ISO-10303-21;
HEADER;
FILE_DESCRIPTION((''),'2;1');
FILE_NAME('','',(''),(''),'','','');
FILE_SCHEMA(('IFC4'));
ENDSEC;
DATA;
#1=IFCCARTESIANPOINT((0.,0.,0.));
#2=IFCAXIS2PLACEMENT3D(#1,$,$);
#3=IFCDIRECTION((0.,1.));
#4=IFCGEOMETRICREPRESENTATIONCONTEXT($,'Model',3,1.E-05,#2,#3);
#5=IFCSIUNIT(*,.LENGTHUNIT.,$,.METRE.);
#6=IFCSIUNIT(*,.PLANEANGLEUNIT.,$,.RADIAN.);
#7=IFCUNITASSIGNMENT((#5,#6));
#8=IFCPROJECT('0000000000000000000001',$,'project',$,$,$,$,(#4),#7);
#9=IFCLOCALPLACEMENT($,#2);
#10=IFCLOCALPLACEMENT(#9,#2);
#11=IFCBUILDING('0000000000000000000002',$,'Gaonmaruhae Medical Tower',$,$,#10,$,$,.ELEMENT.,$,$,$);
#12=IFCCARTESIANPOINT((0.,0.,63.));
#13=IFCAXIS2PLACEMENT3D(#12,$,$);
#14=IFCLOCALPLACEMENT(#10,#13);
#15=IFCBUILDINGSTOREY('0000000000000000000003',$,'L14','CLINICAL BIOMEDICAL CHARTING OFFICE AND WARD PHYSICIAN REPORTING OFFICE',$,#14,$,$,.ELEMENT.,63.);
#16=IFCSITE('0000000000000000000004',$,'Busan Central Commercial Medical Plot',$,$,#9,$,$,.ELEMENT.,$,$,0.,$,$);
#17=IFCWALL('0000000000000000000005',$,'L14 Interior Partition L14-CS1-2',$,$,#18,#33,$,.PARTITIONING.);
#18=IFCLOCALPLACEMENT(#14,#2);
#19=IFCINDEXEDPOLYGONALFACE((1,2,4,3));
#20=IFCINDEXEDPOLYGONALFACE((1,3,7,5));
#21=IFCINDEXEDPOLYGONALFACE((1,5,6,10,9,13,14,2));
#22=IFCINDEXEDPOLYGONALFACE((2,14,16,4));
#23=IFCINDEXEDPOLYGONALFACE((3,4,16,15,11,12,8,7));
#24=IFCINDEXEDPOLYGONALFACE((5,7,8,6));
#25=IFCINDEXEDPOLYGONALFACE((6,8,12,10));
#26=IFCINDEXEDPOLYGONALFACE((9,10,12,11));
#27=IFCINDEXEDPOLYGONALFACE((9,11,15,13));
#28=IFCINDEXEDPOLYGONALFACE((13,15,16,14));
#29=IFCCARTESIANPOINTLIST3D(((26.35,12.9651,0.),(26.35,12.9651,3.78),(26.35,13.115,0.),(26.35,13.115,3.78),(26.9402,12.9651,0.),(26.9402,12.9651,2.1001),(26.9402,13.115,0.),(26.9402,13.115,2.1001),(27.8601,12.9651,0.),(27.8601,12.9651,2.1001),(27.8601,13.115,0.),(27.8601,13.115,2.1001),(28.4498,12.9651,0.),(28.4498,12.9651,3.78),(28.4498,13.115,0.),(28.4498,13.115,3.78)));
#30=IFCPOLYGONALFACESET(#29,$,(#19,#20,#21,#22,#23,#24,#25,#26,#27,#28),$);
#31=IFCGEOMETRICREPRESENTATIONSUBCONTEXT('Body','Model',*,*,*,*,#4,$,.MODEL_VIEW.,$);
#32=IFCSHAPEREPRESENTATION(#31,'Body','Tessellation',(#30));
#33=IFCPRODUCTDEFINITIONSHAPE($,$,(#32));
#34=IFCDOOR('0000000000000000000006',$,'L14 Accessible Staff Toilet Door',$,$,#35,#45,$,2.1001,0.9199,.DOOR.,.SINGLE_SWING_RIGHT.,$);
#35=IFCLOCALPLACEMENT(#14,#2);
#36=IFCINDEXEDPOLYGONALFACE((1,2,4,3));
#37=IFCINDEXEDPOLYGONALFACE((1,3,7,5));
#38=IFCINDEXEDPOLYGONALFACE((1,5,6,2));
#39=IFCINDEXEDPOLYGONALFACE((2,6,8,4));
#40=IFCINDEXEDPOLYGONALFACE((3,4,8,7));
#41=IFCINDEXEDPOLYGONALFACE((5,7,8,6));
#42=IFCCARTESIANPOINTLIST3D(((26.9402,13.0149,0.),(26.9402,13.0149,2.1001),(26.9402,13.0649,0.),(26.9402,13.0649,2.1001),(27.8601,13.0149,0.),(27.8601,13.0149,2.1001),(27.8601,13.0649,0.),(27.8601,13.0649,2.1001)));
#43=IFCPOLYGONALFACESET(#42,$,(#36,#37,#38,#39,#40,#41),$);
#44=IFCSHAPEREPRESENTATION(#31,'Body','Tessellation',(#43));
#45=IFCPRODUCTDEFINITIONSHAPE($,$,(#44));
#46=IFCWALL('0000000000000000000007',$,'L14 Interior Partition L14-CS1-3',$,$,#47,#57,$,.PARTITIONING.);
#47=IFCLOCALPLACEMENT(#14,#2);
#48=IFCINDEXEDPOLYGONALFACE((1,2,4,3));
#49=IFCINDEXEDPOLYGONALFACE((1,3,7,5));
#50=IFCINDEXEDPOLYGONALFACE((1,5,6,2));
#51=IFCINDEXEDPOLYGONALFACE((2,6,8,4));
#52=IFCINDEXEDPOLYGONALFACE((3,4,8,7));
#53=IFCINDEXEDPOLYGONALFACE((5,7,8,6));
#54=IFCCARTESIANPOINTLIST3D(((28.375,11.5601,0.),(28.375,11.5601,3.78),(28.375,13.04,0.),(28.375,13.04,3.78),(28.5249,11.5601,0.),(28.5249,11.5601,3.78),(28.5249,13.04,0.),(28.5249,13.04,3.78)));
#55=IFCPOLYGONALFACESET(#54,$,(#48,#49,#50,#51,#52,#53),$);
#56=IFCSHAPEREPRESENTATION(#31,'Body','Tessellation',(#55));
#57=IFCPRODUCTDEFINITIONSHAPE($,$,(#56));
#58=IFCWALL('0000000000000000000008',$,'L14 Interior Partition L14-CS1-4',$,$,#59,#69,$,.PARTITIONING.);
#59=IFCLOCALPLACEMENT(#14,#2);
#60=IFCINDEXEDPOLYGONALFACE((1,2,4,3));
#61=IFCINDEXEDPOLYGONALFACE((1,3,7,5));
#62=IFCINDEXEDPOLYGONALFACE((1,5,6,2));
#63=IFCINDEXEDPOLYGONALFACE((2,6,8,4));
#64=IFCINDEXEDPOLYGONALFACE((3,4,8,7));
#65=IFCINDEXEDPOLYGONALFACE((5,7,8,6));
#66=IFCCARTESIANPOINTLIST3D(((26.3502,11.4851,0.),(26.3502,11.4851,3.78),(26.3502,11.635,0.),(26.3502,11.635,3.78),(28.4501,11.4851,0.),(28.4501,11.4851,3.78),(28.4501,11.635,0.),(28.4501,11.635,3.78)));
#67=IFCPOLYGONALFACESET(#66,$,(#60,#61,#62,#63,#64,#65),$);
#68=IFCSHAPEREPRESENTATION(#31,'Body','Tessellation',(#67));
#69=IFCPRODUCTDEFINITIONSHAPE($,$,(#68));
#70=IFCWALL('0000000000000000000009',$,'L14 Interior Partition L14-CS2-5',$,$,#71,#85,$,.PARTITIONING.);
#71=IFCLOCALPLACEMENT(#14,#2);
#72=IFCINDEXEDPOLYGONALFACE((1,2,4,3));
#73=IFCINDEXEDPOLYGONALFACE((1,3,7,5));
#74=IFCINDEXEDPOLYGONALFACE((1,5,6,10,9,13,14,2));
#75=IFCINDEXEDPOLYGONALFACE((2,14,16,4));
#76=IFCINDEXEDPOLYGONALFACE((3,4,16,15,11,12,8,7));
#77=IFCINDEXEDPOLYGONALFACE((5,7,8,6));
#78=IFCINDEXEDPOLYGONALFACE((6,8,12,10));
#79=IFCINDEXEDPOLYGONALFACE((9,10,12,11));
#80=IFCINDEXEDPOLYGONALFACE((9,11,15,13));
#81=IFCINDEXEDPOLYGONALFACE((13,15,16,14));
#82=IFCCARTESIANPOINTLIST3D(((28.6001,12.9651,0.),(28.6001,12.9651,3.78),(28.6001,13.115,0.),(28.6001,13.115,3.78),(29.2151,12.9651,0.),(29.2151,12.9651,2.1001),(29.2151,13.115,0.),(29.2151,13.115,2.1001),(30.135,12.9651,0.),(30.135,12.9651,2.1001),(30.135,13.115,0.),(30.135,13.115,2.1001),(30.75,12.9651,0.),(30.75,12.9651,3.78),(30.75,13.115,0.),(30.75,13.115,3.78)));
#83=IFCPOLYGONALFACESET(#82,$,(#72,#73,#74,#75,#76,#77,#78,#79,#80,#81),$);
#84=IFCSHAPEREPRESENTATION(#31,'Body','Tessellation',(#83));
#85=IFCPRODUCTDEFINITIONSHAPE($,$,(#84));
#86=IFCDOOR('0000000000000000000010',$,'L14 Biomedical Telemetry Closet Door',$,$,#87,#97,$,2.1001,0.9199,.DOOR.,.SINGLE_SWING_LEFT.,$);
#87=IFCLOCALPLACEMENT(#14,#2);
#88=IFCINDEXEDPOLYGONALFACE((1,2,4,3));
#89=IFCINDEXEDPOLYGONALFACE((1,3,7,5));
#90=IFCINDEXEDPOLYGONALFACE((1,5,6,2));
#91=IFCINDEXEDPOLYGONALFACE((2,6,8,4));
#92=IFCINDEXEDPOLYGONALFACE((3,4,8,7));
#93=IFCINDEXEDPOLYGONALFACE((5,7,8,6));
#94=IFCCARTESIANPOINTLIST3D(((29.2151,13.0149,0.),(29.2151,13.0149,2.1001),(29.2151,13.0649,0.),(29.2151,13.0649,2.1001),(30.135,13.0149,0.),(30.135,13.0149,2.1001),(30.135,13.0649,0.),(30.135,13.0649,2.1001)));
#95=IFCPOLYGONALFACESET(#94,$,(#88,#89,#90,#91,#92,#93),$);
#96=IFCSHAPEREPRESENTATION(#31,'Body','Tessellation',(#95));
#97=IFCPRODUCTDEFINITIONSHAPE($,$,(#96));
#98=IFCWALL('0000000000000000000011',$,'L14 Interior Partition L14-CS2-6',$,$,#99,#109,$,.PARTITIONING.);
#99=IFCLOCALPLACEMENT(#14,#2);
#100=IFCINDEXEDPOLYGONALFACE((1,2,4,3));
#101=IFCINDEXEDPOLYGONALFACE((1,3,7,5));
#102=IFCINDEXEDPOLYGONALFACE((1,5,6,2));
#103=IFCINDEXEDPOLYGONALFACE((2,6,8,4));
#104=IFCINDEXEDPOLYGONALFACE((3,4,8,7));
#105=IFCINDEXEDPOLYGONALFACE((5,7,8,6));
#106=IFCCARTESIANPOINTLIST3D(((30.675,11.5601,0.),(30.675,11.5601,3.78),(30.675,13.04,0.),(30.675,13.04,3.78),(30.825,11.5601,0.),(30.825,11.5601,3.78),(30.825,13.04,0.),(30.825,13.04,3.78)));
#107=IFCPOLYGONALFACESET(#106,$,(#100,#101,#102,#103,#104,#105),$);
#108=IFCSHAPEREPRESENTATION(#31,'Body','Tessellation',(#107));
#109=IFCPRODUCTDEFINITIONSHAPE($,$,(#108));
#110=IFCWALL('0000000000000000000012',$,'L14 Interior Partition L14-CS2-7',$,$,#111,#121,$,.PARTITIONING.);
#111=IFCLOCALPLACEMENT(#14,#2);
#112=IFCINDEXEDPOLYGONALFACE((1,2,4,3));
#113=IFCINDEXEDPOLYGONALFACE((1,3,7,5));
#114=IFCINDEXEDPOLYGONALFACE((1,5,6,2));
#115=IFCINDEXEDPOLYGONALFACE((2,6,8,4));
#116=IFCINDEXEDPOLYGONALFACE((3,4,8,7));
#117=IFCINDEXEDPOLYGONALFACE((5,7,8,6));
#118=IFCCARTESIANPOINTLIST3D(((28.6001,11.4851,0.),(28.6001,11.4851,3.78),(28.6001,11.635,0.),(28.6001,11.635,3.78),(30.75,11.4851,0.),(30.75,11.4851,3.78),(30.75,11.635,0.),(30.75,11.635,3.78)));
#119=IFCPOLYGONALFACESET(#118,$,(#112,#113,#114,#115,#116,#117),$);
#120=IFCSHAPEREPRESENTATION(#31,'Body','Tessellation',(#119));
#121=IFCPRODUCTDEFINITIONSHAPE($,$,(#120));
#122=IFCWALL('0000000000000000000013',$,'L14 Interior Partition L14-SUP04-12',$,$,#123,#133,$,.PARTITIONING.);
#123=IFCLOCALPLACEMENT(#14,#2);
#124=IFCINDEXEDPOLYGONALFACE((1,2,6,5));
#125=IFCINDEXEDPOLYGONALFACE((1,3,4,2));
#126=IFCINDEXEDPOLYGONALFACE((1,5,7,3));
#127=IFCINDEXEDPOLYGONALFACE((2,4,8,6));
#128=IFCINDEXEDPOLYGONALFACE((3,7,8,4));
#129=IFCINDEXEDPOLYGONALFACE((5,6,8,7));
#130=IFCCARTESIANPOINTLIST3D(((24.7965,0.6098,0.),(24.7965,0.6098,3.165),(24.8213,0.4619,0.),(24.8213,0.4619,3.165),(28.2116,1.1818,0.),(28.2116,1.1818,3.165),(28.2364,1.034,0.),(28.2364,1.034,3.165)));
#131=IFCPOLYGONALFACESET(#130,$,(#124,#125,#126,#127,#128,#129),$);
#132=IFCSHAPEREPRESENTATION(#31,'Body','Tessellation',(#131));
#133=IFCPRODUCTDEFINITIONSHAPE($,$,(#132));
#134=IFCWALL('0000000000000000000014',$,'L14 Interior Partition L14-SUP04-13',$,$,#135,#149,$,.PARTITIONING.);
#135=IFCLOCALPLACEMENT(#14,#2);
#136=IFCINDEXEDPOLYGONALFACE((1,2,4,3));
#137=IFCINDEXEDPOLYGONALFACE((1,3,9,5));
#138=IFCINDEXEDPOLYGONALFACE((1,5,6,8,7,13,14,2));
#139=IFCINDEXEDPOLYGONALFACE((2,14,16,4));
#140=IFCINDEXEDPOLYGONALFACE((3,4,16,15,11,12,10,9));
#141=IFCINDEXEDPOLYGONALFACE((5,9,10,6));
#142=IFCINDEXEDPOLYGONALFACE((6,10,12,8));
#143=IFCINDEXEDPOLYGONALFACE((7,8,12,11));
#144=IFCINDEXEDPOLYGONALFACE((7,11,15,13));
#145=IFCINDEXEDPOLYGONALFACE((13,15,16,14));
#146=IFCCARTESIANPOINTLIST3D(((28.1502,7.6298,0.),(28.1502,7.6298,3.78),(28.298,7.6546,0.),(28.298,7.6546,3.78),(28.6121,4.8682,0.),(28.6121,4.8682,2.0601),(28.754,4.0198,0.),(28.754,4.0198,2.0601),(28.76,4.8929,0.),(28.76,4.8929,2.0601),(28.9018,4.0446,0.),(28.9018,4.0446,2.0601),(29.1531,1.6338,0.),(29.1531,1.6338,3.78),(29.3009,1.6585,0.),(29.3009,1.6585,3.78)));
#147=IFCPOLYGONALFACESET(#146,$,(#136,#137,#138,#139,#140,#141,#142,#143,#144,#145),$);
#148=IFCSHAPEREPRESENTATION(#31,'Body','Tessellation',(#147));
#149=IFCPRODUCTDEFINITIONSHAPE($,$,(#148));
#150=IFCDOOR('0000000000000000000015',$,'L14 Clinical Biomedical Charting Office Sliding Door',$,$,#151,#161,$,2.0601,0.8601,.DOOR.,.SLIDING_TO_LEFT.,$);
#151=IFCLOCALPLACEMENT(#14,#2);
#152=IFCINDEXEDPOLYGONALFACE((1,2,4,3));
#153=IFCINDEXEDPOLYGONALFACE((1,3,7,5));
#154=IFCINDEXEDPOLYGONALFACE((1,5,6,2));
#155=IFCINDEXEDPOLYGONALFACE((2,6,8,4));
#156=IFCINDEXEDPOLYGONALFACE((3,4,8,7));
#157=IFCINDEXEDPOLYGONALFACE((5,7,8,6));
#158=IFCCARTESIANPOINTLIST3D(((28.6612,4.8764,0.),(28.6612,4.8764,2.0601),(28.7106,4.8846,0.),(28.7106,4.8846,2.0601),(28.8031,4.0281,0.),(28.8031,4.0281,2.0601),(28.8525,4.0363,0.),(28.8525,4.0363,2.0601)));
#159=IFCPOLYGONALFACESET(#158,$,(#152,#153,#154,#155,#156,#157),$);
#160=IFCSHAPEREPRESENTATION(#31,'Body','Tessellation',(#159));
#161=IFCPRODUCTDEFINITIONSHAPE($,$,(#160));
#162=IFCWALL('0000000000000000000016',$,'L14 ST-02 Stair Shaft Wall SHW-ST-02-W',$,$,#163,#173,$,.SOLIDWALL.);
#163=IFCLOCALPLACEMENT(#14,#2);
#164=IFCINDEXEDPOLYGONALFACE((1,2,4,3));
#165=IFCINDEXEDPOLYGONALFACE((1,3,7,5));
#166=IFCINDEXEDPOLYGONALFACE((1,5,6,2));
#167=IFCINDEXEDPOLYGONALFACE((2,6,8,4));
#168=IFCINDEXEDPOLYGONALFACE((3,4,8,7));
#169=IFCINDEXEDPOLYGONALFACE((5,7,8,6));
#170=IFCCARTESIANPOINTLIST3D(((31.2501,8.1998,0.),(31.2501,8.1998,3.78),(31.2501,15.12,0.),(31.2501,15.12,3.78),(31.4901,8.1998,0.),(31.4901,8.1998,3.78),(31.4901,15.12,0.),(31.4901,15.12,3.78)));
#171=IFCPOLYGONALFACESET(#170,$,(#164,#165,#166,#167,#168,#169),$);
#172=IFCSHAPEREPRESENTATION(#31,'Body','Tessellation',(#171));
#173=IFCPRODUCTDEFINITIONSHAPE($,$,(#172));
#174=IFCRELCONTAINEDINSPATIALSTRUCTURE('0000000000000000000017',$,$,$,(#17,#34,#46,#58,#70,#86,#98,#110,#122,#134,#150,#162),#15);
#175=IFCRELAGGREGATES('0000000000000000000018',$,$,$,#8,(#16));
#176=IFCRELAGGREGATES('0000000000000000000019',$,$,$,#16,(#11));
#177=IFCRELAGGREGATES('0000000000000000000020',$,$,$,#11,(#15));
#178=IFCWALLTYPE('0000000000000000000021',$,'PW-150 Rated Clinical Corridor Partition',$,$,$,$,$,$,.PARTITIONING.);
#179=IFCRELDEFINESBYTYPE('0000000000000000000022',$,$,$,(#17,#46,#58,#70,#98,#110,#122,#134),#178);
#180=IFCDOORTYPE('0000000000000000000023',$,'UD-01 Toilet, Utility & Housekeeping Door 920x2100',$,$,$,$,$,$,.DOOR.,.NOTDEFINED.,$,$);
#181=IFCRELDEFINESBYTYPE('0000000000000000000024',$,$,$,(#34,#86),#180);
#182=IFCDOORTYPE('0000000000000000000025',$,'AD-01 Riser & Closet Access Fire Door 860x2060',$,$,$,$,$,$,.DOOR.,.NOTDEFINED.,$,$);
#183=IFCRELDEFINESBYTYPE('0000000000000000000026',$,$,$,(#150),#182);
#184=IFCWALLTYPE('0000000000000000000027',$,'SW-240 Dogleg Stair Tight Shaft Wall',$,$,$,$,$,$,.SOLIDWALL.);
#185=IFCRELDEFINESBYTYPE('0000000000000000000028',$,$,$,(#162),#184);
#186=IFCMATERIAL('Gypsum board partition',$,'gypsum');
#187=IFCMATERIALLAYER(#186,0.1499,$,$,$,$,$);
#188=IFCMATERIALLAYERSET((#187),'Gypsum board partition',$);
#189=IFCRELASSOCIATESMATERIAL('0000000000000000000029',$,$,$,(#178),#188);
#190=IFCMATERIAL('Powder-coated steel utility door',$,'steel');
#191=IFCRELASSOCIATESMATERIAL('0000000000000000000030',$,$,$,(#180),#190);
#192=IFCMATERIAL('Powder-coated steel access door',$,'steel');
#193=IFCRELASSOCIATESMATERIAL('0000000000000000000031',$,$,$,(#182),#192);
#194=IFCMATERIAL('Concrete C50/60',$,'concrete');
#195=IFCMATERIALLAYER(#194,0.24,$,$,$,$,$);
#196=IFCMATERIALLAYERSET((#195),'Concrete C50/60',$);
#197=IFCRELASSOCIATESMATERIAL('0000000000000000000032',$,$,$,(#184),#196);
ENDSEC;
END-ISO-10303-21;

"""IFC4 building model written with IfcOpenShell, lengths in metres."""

from ifc_helpers import new_model, si_unit, direction, frame, frame_2d, origin, place, context, subcontext, project, spatial, rectangle, extrude, material, layer, layer_set, type_object, element, fill, save


model = new_model("IFC4")

# Units and contexts
model_context = context("Model", 3, precision=1e-05, world=origin(), true_north=direction((0.0, 1.0)))
body_context = subcontext(model_context, "Body", "Model", "MODEL_VIEW")
ifc_project = project(units=[si_unit("LENGTHUNIT", "METRE"), si_unit("PLANEANGLEUNIT", "RADIAN")], contexts=[model_context])

# Site, building, storey
site_placement = place(None, origin())
site = spatial("IfcSite", under=ifc_project, at=site_placement, Name="Busan Central Commercial Medical Plot", CompositionType="ELEMENT", RefElevation=0.0)
building_placement = place(site_placement, origin())
building = spatial("IfcBuilding", under=site, at=building_placement, Name="Gaonmaruhae Medical Tower", CompositionType="ELEMENT")
storey_placement = place(building_placement, frame((0.0, 0.0, 63.0)))
storey = spatial("IfcBuildingStorey", under=building, at=storey_placement, Name="L14", Description="CLINICAL BIOMEDICAL CHARTING OFFICE AND WARD PHYSICIAN REPORTING OFFICE", CompositionType="ELEMENT", Elevation=63.0)

# Shared definitions
ifc_material_1 = material(Name="Gypsum board partition", Category="gypsum")
ifc_layer_1 = layer(ifc_material_1, 0.1499)
ifc_layer_set_1 = layer_set([ifc_layer_1], Name="Gypsum board partition")
wall_type_1 = type_object("IfcWallType", Name="PW-150 Rated Clinical Corridor Partition", PredefinedType="PARTITIONING", material=ifc_layer_set_1)

# Wall, opening, door
wall_1_placement = place(storey_placement, frame((26.3501, 13.04, 0.0), z_axis=(0.0, 0.0, 1.0), x_axis=(1.0, 0.0, 0.0)))
wall_1 = element("IfcWall", 1, at=wall_1_placement, inside=storey, type_object=wall_type_1, Name="L14 Interior Partition L14-CS1-2", PredefinedType="PARTITIONING", context=body_context, shape_type="SweptSolid", body=[
    extrude(rectangle(XDim=2.0999, YDim=0.1499, at=frame_2d((1.0498, 0.0))), origin(), (0.0, 0.0, 1.0), 3.78),
])
opening_1_placement = place(wall_1_placement, frame((0.5901, 0.0, 0.0)))
opening_1 = element("IfcOpeningElement", 2, at=opening_1_placement, cuts=wall_1, PredefinedType="OPENING", context=body_context, shape_type="SweptSolid", body=[
    extrude(rectangle(XDim=0.9199, YDim=2.1001, at=frame_2d((0.46, 1.05))), frame((0.0, 0.085, 0.0), z_axis=(0.0, -1.0, 0.0), x_axis=(1.0, 0.0, 0.0)), (0.0, 0.0, 1.0), 0.1699),
])
ifc_material_2 = material(Name="Powder-coated steel utility door", Category="steel")
door_type_1 = type_object("IfcDoorType", Name="UD-01 Toilet, Utility & Housekeeping Door 920x2100", OperationType="NOTDEFINED", PredefinedType="DOOR", material=ifc_material_2)
door_1_placement = place(opening_1_placement, origin())
door_1 = element("IfcDoor", 3, at=door_1_placement, inside=storey, type_object=door_type_1, Name="L14 Accessible Staff Toilet Door", OperationType="SINGLE_SWING_RIGHT", OverallHeight=2.1001, OverallWidth=0.9199, PredefinedType="DOOR", context=body_context, shape_type="SweptSolid", body=[
    extrude(rectangle(XDim=0.9199, YDim=2.1001, at=frame_2d((0.46, 1.05))), frame((0.0, 0.0249, 0.0), z_axis=(0.0, -1.0, 0.0), x_axis=(1.0, 0.0, 0.0)), (0.0, 0.0, 1.0), 0.05),
])
fill(opening_1, door_1)

# Walls
wall_2_placement = place(storey_placement, frame((28.45, 13.04, 0.0), z_axis=(0.0, 0.0, 1.0), x_axis=(0.0, -1.0, 0.0)))
element("IfcWall", 4, at=wall_2_placement, inside=storey, type_object=wall_type_1, Name="L14 Interior Partition L14-CS1-3", PredefinedType="PARTITIONING", context=body_context, shape_type="SweptSolid", body=[
    extrude(rectangle(XDim=1.48, YDim=0.1499, at=frame_2d((0.74, 0.0))), origin(), (0.0, 0.0, 1.0), 3.78),
])
wall_3_placement = place(storey_placement, frame((28.45, 11.5601, 0.0), z_axis=(0.0, 0.0, 1.0), x_axis=(-1.0, 0.0, 0.0)))
element("IfcWall", 5, at=wall_3_placement, inside=storey, type_object=wall_type_1, Name="L14 Interior Partition L14-CS1-4", PredefinedType="PARTITIONING", context=body_context, shape_type="SweptSolid", body=[
    extrude(rectangle(XDim=2.0999, YDim=0.1499, at=frame_2d((1.0498, 0.0))), origin(), (0.0, 0.0, 1.0), 3.78),
])

# Wall, opening, door
wall_4_placement = place(storey_placement, frame((28.6001, 13.04, 0.0), z_axis=(0.0, 0.0, 1.0), x_axis=(1.0, 0.0, 0.0)))
wall_4 = element("IfcWall", 6, at=wall_4_placement, inside=storey, type_object=wall_type_1, Name="L14 Interior Partition L14-CS2-5", PredefinedType="PARTITIONING", context=body_context, shape_type="SweptSolid", body=[
    extrude(rectangle(XDim=2.1499, YDim=0.1499, at=frame_2d((1.075, 0.0))), origin(), (0.0, 0.0, 1.0), 3.78),
])
opening_2_placement = place(wall_4_placement, frame((0.615, 0.0, 0.0)))
opening_2 = element("IfcOpeningElement", 7, at=opening_2_placement, cuts=wall_4, PredefinedType="OPENING", context=body_context, shape_type="SweptSolid", body=[
    extrude(rectangle(XDim=0.9199, YDim=2.1001, at=frame_2d((0.46, 1.05))), frame((0.0, 0.085, 0.0), z_axis=(0.0, -1.0, 0.0), x_axis=(1.0, 0.0, 0.0)), (0.0, 0.0, 1.0), 0.1699),
])
door_2_placement = place(opening_2_placement, origin())
door_2 = element("IfcDoor", 8, at=door_2_placement, inside=storey, type_object=door_type_1, Name="L14 Biomedical Telemetry Closet Door", OperationType="SINGLE_SWING_LEFT", OverallHeight=2.1001, OverallWidth=0.9199, PredefinedType="DOOR", context=body_context, shape_type="SweptSolid", body=[
    extrude(rectangle(XDim=0.9199, YDim=2.1001, at=frame_2d((0.46, 1.05))), frame((0.0, 0.0249, 0.0), z_axis=(0.0, -1.0, 0.0), x_axis=(1.0, 0.0, 0.0)), (0.0, 0.0, 1.0), 0.05),
])
fill(opening_2, door_2)

# Walls
wall_5_placement = place(storey_placement, frame((30.75, 13.04, 0.0), z_axis=(0.0, 0.0, 1.0), x_axis=(0.0, -1.0, 0.0)))
element("IfcWall", 9, at=wall_5_placement, inside=storey, type_object=wall_type_1, Name="L14 Interior Partition L14-CS2-6", PredefinedType="PARTITIONING", context=body_context, shape_type="SweptSolid", body=[
    extrude(rectangle(XDim=1.48, YDim=0.1499, at=frame_2d((0.74, 0.0))), origin(), (0.0, 0.0, 1.0), 3.78),
])
wall_6_placement = place(storey_placement, frame((30.75, 11.5601, 0.0), z_axis=(0.0, 0.0, 1.0), x_axis=(-1.0, 0.0, 0.0)))
element("IfcWall", 10, at=wall_6_placement, inside=storey, type_object=wall_type_1, Name="L14 Interior Partition L14-CS2-7", PredefinedType="PARTITIONING", context=body_context, shape_type="SweptSolid", body=[
    extrude(rectangle(XDim=2.1499, YDim=0.1499, at=frame_2d((1.075, 0.0))), origin(), (0.0, 0.0, 1.0), 3.78),
])
wall_7_placement = place(storey_placement, frame((28.2241, 1.1079, 0.0), z_axis=(0.0, 0.0, 1.0), x_axis=(-0.98626, -0.165199, 0.0)))
element("IfcWall", 11, at=wall_7_placement, inside=storey, type_object=wall_type_1, Name="L14 Interior Partition L14-SUP04-12", PredefinedType="PARTITIONING", context=body_context, shape_type="SweptSolid", body=[
    extrude(rectangle(XDim=3.4626, YDim=0.1499, at=frame_2d((1.7314, 0.0))), origin(), (0.0, 0.0, 1.0), 3.165),
])

# Wall, opening, door
wall_8_placement = place(storey_placement, frame((28.2241, 7.6421, 0.0), z_axis=(0.0, 0.0, 1.0), x_axis=(0.164972, -0.986298, 0.0)))
wall_8 = element("IfcWall", 12, at=wall_8_placement, inside=storey, type_object=wall_type_1, Name="L14 Interior Partition L14-SUP04-13", PredefinedType="PARTITIONING", context=body_context, shape_type="SweptSolid", body=[
    extrude(rectangle(XDim=6.0793, YDim=0.1499, at=frame_2d((3.0396, 0.0))), origin(), (0.0, 0.0, 1.0), 3.78),
])
opening_3_placement = place(wall_8_placement, frame((2.7998, 0.0, 0.0)))
opening_3 = element("IfcOpeningElement", 13, at=opening_3_placement, cuts=wall_8, PredefinedType="OPENING", context=body_context, shape_type="SweptSolid", body=[
    extrude(rectangle(XDim=0.8601, YDim=2.0601, at=frame_2d((0.4302, 1.03))), frame((0.0, 0.085, 0.0), z_axis=(0.0, -1.0, 0.0), x_axis=(1.0, 0.0, 0.0)), (0.0, 0.0, 1.0), 0.1699),
])
ifc_material_3 = material(Name="Powder-coated steel access door", Category="steel")
door_type_2 = type_object("IfcDoorType", Name="AD-01 Riser & Closet Access Fire Door 860x2060", OperationType="NOTDEFINED", PredefinedType="DOOR", material=ifc_material_3)
door_3_placement = place(opening_3_placement, origin())
door_3 = element("IfcDoor", 14, at=door_3_placement, inside=storey, type_object=door_type_2, Name="L14 Clinical Biomedical Charting Office Sliding Door", OperationType="SLIDING_TO_LEFT", OverallHeight=2.0601, OverallWidth=0.8601, PredefinedType="DOOR", context=body_context, shape_type="SweptSolid", body=[
    extrude(rectangle(XDim=0.8601, YDim=2.0601, at=frame_2d((0.4302, 1.03))), frame((0.0, 0.0249, 0.0), z_axis=(0.0, -1.0, 0.0), x_axis=(1.0, 0.0, 0.0)), (0.0, 0.0, 1.0), 0.05),
])
fill(opening_3, door_3)

# Wall
ifc_material_4 = material(Name="Concrete C50/60", Category="concrete")
ifc_layer_2 = layer(ifc_material_4, 0.24)
ifc_layer_set_2 = layer_set([ifc_layer_2], Name="Concrete C50/60")
wall_type_2 = type_object("IfcWallType", Name="SW-240 Dogleg Stair Tight Shaft Wall", PredefinedType="SOLIDWALL", material=ifc_layer_set_2)
wall_9_placement = place(storey_placement, frame((31.3701, 8.2, 0.0), z_axis=(0.0, 0.0, 1.0), x_axis=(0.0, 1.0, 0.0)))
element("IfcWall", 15, at=wall_9_placement, inside=storey, type_object=wall_type_2, Name="L14 ST-02 Stair Shaft Wall SHW-ST-02-W", PredefinedType="SOLIDWALL", context=body_context, shape_type="SweptSolid", body=[
    extrude(rectangle(XDim=6.9202, YDim=0.24, at=frame_2d((3.46, 0.0))), origin(), (0.0, 0.0, 1.0), 3.78),
])

save(model, "model.ifc")
